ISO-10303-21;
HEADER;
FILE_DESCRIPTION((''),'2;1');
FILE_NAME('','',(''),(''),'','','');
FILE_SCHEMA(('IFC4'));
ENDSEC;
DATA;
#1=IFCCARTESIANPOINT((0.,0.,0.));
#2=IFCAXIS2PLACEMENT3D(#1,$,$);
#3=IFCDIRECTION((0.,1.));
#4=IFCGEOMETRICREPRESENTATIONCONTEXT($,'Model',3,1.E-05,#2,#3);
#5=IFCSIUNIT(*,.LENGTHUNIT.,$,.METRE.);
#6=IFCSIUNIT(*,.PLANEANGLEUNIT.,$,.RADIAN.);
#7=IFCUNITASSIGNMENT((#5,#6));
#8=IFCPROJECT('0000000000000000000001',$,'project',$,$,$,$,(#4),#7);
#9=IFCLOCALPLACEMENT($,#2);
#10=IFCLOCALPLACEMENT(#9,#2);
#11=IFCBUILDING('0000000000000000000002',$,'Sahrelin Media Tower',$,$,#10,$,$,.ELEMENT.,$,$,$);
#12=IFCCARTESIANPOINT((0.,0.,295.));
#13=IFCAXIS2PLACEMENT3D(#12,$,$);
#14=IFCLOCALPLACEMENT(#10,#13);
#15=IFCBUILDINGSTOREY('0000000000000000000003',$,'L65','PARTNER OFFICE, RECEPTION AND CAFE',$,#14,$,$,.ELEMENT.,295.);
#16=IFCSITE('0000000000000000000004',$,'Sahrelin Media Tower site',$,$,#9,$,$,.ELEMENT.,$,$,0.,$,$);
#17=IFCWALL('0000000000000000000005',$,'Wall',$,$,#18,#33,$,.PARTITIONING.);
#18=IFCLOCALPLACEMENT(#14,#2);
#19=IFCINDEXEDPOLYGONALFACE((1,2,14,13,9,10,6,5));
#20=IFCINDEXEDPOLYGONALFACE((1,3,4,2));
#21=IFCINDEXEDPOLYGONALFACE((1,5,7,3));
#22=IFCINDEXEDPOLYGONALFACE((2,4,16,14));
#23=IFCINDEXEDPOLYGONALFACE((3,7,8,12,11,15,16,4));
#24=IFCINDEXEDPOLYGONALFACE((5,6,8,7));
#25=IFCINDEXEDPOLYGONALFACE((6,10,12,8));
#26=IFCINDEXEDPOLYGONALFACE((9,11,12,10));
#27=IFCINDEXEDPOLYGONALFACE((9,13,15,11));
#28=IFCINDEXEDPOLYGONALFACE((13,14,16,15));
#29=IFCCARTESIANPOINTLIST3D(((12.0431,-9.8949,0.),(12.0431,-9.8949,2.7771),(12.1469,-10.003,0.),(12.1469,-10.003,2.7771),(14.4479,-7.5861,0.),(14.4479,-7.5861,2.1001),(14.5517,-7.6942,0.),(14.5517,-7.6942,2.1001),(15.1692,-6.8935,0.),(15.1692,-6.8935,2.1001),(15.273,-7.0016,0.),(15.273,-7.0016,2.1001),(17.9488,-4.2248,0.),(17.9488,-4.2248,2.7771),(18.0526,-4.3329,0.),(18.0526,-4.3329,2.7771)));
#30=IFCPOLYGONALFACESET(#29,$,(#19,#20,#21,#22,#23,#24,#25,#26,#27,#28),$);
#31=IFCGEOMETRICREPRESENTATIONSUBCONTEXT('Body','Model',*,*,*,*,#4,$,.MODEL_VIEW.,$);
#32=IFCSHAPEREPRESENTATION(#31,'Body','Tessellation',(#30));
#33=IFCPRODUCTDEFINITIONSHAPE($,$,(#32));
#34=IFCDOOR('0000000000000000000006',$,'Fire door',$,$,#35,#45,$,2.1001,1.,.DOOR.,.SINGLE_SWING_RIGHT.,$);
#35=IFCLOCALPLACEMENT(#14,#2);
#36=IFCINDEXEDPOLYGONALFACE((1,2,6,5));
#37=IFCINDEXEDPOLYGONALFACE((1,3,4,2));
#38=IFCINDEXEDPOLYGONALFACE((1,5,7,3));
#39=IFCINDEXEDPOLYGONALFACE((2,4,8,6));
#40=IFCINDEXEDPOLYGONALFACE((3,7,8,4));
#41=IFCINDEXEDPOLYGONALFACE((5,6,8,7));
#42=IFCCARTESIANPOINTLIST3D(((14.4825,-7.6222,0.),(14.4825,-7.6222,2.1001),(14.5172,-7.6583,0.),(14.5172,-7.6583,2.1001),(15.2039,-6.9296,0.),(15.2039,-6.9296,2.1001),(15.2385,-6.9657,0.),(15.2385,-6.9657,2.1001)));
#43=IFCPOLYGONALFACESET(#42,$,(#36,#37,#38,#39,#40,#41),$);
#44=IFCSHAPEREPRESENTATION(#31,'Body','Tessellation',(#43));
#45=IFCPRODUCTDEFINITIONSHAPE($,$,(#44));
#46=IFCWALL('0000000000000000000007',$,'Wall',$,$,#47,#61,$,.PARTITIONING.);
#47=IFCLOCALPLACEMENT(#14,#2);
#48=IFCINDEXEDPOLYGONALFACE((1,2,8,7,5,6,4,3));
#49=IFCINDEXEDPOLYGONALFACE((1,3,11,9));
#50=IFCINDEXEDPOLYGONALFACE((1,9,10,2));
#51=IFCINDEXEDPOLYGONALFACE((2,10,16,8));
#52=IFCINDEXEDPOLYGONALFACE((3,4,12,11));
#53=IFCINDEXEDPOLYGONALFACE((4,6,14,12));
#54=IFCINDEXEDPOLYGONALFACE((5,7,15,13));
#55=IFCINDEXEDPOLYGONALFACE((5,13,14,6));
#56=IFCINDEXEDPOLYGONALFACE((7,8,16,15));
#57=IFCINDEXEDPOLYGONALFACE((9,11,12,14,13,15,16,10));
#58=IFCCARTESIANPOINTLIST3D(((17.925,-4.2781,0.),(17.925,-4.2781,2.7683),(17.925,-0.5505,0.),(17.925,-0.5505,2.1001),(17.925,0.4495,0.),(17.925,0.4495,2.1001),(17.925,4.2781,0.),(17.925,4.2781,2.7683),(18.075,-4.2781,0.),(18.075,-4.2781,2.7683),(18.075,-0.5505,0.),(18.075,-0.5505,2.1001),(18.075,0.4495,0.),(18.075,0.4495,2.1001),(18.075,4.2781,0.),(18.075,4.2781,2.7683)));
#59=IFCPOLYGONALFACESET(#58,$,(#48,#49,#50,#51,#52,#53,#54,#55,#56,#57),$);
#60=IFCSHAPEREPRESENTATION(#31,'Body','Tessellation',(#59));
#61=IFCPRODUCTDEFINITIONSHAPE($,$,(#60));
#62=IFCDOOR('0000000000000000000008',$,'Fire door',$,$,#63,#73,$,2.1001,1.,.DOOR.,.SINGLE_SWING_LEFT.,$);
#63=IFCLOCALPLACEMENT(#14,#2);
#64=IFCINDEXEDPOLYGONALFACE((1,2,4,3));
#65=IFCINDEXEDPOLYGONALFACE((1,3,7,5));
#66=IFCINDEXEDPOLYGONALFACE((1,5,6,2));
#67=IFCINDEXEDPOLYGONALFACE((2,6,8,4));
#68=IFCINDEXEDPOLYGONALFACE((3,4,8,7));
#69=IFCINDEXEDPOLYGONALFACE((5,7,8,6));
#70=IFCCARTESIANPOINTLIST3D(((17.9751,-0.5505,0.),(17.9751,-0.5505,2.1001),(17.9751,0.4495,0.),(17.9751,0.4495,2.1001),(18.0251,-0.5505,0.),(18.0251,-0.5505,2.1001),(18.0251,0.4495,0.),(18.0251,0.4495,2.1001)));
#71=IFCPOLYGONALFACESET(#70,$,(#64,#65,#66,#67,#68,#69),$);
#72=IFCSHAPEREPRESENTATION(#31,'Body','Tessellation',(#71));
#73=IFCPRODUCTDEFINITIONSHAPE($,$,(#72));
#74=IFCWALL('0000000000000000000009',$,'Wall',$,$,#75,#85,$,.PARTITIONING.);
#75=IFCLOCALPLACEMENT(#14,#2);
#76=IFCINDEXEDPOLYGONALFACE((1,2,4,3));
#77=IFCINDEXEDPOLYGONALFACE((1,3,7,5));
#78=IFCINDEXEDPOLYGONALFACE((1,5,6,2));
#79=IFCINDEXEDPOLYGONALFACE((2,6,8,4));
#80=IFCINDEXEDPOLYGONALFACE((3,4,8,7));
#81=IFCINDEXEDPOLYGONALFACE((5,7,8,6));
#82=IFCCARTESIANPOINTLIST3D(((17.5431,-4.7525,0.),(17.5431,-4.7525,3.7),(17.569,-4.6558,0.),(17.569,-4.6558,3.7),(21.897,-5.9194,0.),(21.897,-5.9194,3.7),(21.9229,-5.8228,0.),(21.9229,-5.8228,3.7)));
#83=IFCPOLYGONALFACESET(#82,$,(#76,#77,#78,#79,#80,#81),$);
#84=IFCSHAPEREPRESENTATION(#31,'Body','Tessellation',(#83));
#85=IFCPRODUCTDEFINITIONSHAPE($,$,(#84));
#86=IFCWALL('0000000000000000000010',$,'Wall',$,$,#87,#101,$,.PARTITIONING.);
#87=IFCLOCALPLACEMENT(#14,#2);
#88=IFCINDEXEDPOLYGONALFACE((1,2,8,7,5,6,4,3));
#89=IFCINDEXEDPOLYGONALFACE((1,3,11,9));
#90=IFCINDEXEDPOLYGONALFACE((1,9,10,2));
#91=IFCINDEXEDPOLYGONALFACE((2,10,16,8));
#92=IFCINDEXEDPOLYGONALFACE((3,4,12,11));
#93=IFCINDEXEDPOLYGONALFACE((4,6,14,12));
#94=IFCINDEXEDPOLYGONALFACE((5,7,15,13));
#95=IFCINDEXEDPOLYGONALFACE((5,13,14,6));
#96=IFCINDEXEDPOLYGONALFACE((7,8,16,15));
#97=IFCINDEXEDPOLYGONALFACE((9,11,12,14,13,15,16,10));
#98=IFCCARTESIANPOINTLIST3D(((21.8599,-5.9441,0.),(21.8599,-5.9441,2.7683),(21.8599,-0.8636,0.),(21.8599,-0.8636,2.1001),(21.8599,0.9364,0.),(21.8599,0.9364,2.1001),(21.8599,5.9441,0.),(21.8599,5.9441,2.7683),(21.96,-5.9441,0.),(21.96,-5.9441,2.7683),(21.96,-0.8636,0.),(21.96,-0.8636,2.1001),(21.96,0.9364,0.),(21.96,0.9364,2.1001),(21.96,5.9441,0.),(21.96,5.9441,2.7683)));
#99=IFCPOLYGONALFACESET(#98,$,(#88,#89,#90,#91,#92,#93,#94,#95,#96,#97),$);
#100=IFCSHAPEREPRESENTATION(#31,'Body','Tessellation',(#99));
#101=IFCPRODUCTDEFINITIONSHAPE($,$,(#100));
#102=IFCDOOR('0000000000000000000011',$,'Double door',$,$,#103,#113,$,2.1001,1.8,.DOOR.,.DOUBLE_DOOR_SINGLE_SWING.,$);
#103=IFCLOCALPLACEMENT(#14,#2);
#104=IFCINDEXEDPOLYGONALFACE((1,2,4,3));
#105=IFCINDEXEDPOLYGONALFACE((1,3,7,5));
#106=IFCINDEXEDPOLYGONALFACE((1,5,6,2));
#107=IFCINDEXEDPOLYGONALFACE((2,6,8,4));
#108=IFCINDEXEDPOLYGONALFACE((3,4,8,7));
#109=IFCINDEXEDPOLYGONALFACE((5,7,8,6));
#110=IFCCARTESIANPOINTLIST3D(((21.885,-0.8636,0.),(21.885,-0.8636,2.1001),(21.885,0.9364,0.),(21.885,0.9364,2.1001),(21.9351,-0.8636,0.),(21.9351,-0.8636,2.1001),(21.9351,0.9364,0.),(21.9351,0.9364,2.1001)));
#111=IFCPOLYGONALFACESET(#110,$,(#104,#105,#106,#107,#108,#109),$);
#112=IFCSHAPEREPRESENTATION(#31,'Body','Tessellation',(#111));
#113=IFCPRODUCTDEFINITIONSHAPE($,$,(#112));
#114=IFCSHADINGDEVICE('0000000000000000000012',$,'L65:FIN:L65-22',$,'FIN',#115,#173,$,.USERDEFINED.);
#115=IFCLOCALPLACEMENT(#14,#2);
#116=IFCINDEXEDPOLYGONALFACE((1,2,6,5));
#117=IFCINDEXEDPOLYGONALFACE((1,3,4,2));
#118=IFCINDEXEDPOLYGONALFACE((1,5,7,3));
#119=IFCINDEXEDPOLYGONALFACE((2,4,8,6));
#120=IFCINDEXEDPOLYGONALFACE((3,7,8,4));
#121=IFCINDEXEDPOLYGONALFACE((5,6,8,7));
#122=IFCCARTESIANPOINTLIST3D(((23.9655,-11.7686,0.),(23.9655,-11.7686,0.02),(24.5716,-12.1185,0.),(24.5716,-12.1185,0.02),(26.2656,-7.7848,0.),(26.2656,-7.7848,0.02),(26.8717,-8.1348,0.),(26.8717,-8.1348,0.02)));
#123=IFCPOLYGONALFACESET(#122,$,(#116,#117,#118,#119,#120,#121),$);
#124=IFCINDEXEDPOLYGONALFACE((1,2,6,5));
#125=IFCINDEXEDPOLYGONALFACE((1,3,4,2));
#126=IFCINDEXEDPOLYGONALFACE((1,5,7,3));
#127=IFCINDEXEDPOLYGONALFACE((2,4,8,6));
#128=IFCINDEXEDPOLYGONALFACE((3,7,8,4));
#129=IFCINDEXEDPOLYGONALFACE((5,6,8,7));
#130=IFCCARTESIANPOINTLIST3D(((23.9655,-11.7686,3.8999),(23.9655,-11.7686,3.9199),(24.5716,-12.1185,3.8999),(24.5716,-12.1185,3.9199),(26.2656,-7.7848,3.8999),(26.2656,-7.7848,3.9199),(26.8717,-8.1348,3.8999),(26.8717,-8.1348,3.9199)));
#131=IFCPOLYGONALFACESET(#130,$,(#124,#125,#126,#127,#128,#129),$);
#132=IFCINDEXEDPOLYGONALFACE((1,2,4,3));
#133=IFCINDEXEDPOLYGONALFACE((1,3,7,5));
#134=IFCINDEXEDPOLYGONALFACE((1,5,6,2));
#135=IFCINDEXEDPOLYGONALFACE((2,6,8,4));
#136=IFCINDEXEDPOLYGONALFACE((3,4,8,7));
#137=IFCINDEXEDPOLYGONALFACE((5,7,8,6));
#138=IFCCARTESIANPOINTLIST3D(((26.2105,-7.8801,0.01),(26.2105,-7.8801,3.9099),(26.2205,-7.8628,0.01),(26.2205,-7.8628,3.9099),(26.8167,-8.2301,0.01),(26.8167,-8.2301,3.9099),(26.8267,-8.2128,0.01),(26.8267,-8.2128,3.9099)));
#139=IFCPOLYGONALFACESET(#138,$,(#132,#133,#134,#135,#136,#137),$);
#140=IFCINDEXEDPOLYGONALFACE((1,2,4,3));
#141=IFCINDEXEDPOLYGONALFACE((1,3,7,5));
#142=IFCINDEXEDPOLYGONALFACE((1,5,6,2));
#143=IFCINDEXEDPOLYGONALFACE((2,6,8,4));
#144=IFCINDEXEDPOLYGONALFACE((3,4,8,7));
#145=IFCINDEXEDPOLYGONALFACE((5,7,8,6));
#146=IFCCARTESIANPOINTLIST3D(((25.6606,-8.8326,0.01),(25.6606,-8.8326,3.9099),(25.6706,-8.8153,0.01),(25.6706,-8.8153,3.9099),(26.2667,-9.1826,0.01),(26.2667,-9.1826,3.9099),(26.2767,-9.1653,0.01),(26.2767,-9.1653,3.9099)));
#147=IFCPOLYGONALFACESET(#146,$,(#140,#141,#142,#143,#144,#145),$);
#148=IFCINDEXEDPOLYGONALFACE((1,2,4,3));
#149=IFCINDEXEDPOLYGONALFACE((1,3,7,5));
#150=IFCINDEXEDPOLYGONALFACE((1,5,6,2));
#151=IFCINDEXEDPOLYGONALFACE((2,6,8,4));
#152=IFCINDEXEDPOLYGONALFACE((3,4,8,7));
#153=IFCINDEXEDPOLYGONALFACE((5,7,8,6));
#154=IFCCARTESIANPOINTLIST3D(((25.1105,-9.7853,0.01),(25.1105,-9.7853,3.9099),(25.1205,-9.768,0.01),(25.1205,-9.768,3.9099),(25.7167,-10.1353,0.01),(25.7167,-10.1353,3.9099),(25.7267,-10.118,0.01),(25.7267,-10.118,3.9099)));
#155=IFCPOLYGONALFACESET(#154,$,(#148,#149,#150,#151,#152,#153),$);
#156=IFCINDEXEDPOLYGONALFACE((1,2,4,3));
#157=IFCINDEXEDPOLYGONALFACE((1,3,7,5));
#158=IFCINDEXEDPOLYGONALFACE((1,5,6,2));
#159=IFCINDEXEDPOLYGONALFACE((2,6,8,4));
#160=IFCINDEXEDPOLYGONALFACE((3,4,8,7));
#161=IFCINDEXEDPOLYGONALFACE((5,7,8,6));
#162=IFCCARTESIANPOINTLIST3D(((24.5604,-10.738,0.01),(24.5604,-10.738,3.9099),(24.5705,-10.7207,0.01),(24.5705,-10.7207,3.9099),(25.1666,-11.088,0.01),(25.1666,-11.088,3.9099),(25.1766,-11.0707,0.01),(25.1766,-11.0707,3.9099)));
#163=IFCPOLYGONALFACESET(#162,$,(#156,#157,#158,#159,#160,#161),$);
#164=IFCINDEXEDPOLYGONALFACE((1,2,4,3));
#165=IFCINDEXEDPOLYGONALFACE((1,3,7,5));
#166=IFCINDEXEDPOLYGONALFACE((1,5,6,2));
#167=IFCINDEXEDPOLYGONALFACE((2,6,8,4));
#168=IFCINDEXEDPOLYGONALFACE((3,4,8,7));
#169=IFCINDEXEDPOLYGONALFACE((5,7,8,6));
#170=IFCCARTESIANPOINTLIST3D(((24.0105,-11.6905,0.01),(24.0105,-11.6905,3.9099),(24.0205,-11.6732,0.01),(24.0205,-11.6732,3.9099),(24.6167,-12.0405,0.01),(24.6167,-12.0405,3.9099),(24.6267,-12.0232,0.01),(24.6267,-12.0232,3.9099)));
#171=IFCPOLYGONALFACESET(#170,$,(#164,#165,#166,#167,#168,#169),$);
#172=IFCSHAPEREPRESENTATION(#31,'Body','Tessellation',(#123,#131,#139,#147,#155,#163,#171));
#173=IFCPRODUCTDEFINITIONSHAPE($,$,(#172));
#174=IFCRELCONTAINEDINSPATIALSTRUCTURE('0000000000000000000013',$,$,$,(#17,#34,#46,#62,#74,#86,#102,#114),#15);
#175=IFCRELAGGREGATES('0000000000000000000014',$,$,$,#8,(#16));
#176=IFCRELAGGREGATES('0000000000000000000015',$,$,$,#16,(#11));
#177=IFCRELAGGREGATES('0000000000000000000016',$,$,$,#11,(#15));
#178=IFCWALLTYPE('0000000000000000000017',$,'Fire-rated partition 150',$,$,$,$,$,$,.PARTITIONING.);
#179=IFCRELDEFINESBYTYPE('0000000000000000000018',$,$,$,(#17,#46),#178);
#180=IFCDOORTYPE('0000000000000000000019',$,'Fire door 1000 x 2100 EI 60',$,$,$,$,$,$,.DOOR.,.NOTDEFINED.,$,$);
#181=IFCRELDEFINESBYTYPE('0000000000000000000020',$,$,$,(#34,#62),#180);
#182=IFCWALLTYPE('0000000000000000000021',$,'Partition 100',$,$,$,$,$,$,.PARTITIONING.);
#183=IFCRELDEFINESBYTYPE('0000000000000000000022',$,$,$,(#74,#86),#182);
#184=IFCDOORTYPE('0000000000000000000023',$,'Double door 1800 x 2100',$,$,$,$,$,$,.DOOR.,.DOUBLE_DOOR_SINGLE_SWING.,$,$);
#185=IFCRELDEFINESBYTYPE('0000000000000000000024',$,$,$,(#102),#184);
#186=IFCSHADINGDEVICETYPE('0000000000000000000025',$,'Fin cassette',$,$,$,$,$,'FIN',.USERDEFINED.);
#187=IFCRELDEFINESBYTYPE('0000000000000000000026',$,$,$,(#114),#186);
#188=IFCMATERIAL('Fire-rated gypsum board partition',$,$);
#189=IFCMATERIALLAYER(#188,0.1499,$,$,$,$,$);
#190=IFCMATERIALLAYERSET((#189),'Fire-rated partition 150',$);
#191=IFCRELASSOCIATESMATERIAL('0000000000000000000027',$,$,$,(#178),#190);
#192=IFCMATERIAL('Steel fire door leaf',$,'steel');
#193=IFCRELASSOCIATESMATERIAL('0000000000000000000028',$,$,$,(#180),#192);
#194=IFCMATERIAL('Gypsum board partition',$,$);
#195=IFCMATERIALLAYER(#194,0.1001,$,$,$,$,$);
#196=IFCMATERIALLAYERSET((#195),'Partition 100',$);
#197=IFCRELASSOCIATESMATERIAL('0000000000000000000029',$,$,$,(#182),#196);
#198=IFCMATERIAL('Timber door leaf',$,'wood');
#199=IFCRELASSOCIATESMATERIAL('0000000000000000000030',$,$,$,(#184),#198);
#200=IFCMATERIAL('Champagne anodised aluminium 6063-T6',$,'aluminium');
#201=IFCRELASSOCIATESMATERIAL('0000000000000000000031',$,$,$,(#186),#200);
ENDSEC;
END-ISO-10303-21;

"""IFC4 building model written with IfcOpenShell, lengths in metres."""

from ifc_helpers import new_model, si_unit, direction, frame, frame_2d, origin, origin_2d, place, context, subcontext, project, spatial, rectangle, extrude, material, layer, layer_set, type_object, element, fill, save


model = new_model("IFC4")

# Units and contexts
model_context = context("Model", 3, precision=1e-05, world=origin(), true_north=direction((0.0, 1.0)))
body_context = subcontext(model_context, "Body", "Model", "MODEL_VIEW")
ifc_project = project(units=[si_unit("LENGTHUNIT", "METRE"), si_unit("PLANEANGLEUNIT", "RADIAN")], contexts=[model_context])

# Site, building, storey
site_placement = place(None, origin())
site = spatial("IfcSite", under=ifc_project, at=site_placement, Name="Sahrelin Media Tower site", CompositionType="ELEMENT", RefElevation=0.0)
building_placement = place(site_placement, origin())
building = spatial("IfcBuilding", under=site, at=building_placement, Name="Sahrelin Media Tower", CompositionType="ELEMENT")
storey_placement = place(building_placement, frame((0.0, 0.0, 295.0)))
storey = spatial("IfcBuildingStorey", under=building, at=storey_placement, Name="L65", Description="PARTNER OFFICE, RECEPTION AND CAFE", CompositionType="ELEMENT", Elevation=295.0)

# Shared definitions
ifc_material_1 = material(Name="Champagne anodised aluminium 6063-T6", Category="aluminium")

# Shared definitions
ifc_material_2 = material(Name="Fire-rated gypsum board partition")
ifc_layer_1 = layer(ifc_material_2, 0.1499)
ifc_layer_set_1 = layer_set([ifc_layer_1], Name="Fire-rated partition 150")
wall_type_1 = type_object("IfcWallType", Name="Fire-rated partition 150", PredefinedType="PARTITIONING", material=ifc_layer_set_1)

# Walls, openings, doors
wall_1_placement = place(storey_placement, frame((12.095, -9.949, 0.0), z_axis=(0.0, 0.0, 1.0), x_axis=(0.721349, 0.692572, 0.0)))
wall_1 = element("IfcWall", 1, at=wall_1_placement, inside=storey, type_object=wall_type_1, Name="Wall", PredefinedType="PARTITIONING", context=body_context, shape_type="SweptSolid", body=[
    extrude(rectangle(XDim=8.187, YDim=0.1499, at=frame_2d((4.0935, 0.0))), origin(), (0.0, 0.0, 1.0), 2.7771),
])
opening_1_placement = place(wall_1_placement, frame((3.3337, 0.0, 0.0)))
opening_1 = element("IfcOpeningElement", 2, at=opening_1_placement, cuts=wall_1, PredefinedType="OPENING", context=body_context, shape_type="SweptSolid", body=[
    extrude(rectangle(XDim=1.0, YDim=2.1001, at=frame_2d((0.5, 1.05))), frame((0.0, 0.075, 0.0), z_axis=(0.0, -1.0, 0.0), x_axis=(1.0, 0.0, 0.0)), (0.0, 0.0, 1.0), 0.1499),
])
ifc_material_3 = material(Name="Steel fire door leaf", Category="steel")
door_type_1 = type_object("IfcDoorType", Name="Fire door 1000 x 2100 EI 60", OperationType="NOTDEFINED", PredefinedType="DOOR", material=ifc_material_3)
door_1_placement = place(opening_1_placement, origin())
door_1 = element("IfcDoor", 3, at=door_1_placement, inside=storey, type_object=door_type_1, Name="Fire door", OperationType="SINGLE_SWING_RIGHT", OverallHeight=2.1001, OverallWidth=1.0, PredefinedType="DOOR", context=body_context, shape_type="SweptSolid", body=[
    extrude(rectangle(XDim=1.0, YDim=2.1001, at=frame_2d((0.5, 1.05))), frame((0.0, 0.0249, 0.0), z_axis=(0.0, -1.0, 0.0), x_axis=(1.0, 0.0, 0.0)), (0.0, 0.0, 1.0), 0.05),
])
fill(opening_1, door_1)
wall_2_placement = place(storey_placement, frame((18.0, -4.2781, 0.0), z_axis=(0.0, 0.0, 1.0), x_axis=(0.0, 1.0, 0.0)))
wall_2 = element("IfcWall", 4, at=wall_2_placement, inside=storey, type_object=wall_type_1, Name="Wall", PredefinedType="PARTITIONING", context=body_context, shape_type="SweptSolid", body=[
    extrude(rectangle(XDim=8.5562, YDim=0.1499, at=frame_2d((4.2781, 0.0))), origin(), (0.0, 0.0, 1.0), 2.7683),
])
opening_2_placement = place(wall_2_placement, frame((3.7275, 0.0, 0.0)))
opening_2 = element("IfcOpeningElement", 5, at=opening_2_placement, cuts=wall_2, PredefinedType="OPENING", context=body_context, shape_type="SweptSolid", body=[
    extrude(rectangle(XDim=1.0, YDim=2.1001, at=frame_2d((0.5, 1.05))), frame((0.0, 0.075, 0.0), z_axis=(0.0, -1.0, 0.0), x_axis=(1.0, 0.0, 0.0)), (0.0, 0.0, 1.0), 0.1499),
])
door_2_placement = place(opening_2_placement, origin())
door_2 = element("IfcDoor", 6, at=door_2_placement, inside=storey, type_object=door_type_1, Name="Fire door", OperationType="SINGLE_SWING_LEFT", OverallHeight=2.1001, OverallWidth=1.0, PredefinedType="DOOR", context=body_context, shape_type="SweptSolid", body=[
    extrude(rectangle(XDim=1.0, YDim=2.1001, at=frame_2d((0.5, 1.05))), frame((0.0, 0.0249, 0.0), z_axis=(0.0, -1.0, 0.0), x_axis=(1.0, 0.0, 0.0)), (0.0, 0.0, 1.0), 0.05),
])
fill(opening_2, door_2)

# Wall
ifc_material_4 = material(Name="Gypsum board partition")
ifc_layer_2 = layer(ifc_material_4, 0.1001)
ifc_layer_set_2 = layer_set([ifc_layer_2], Name="Partition 100")
wall_type_2 = type_object("IfcWallType", Name="Partition 100", PredefinedType="PARTITIONING", material=ifc_layer_set_2)
wall_3_placement = place(storey_placement, frame((17.5559, -4.7041, 0.0), z_axis=(0.0, 0.0, 1.0), x_axis=(0.965907, -0.258889, 0.0)))
element("IfcWall", 7, at=wall_3_placement, inside=storey, type_object=wall_type_2, Name="Wall", PredefinedType="PARTITIONING", context=body_context, shape_type="SweptSolid", body=[
    extrude(rectangle(XDim=4.5076, YDim=0.1001, at=frame_2d((2.2539, 0.0))), origin(), (0.0, 0.0, 1.0), 3.7),
])

# Wall, opening, door
wall_4_placement = place(storey_placement, frame((21.9099, -5.9441, 0.0), z_axis=(0.0, 0.0, 1.0), x_axis=(0.0, 1.0, 0.0)))
wall_4 = element("IfcWall", 8, at=wall_4_placement, inside=storey, type_object=wall_type_2, Name="Wall", PredefinedType="PARTITIONING", context=body_context, shape_type="SweptSolid", body=[
    extrude(rectangle(XDim=11.8882, YDim=0.1001, at=frame_2d((5.9441, 0.0))), origin(), (0.0, 0.0, 1.0), 2.7683),
])
opening_3_placement = place(wall_4_placement, frame((5.0806, 0.0, 0.0)))
opening_3 = element("IfcOpeningElement", 9, at=opening_3_placement, cuts=wall_4, PredefinedType="OPENING", context=body_context, shape_type="SweptSolid", body=[
    extrude(rectangle(XDim=1.8, YDim=2.1001, at=frame_2d((0.8999, 1.05))), frame((0.0, 0.05, 0.0), z_axis=(0.0, -1.0, 0.0), x_axis=(1.0, 0.0, 0.0)), (0.0, 0.0, 1.0), 0.1001),
])
ifc_material_5 = material(Name="Timber door leaf", Category="wood")
door_type_2 = type_object("IfcDoorType", Name="Double door 1800 x 2100", OperationType="DOUBLE_DOOR_SINGLE_SWING", PredefinedType="DOOR", material=ifc_material_5)
door_3_placement = place(opening_3_placement, origin())
door_3 = element("IfcDoor", 10, at=door_3_placement, inside=storey, type_object=door_type_2, Name="Double door", OperationType="DOUBLE_DOOR_SINGLE_SWING", OverallHeight=2.1001, OverallWidth=1.8, PredefinedType="DOOR", context=body_context, shape_type="SweptSolid", body=[
    extrude(rectangle(XDim=1.8, YDim=2.1001, at=frame_2d((0.8999, 1.05))), frame((0.0, 0.0249, 0.0), z_axis=(0.0, -1.0, 0.0), x_axis=(1.0, 0.0, 0.0)), (0.0, 0.0, 1.0), 0.05),
])
fill(opening_3, door_3)

# Shading device
shading_device_type_1 = type_object("IfcShadingDeviceType", Name="Fin cassette", ElementType="FIN", PredefinedType="USERDEFINED", material=ifc_material_1)
placement_1 = place(storey_placement, frame((25.0549, -9.7417, 0.0), z_axis=(0.0, 0.0, 1.0), x_axis=(-0.500011, -0.866019, 0.0)))
element("IfcShadingDevice", 11, at=placement_1, inside=storey, type_object=shading_device_type_1, Name="L65:FIN:L65-22", ObjectType="FIN", PredefinedType="USERDEFINED", context=body_context, shape_type="SweptSolid", body=[
    extrude(rectangle(XDim=4.6001, YDim=0.7, at=origin_2d()), frame((0.0, 0.4199, 0.0)), (0.0, 0.0, 1.0), 0.02),
    extrude(rectangle(XDim=4.6001, YDim=0.7, at=origin_2d()), frame((0.0, 0.4199, 3.8999)), (0.0, 0.0, 1.0), 0.02),
    extrude(rectangle(XDim=0.02, YDim=0.7, at=origin_2d()), frame((-2.2, 0.4199, 0.01), z_axis=(0.0, 0.0, 1.0), x_axis=(1.0, 0.0, 0.0)), (0.0, 0.0, 1.0), 3.8999),
    extrude(rectangle(XDim=0.02, YDim=0.7, at=origin_2d()), frame((-1.1001, 0.4199, 0.01), z_axis=(0.0, 0.0, 1.0), x_axis=(1.0, 0.0, 0.0)), (0.0, 0.0, 1.0), 3.8999),
    extrude(rectangle(XDim=0.02, YDim=0.7, at=origin_2d()), frame((0.0, 0.4199, 0.01), z_axis=(0.0, 0.0, 1.0), x_axis=(1.0, 0.0, 0.0)), (0.0, 0.0, 1.0), 3.8999),
    extrude(rectangle(XDim=0.02, YDim=0.7, at=origin_2d()), frame((1.1001, 0.4199, 0.01), z_axis=(0.0, 0.0, 1.0), x_axis=(1.0, 0.0, 0.0)), (0.0, 0.0, 1.0), 3.8999),
    extrude(rectangle(XDim=0.02, YDim=0.7, at=origin_2d()), frame((2.2, 0.4199, 0.01), z_axis=(0.0, 0.0, 1.0), x_axis=(1.0, 0.0, 0.0)), (0.0, 0.0, 1.0), 3.8999),
])

save(model, "model.ifc")
